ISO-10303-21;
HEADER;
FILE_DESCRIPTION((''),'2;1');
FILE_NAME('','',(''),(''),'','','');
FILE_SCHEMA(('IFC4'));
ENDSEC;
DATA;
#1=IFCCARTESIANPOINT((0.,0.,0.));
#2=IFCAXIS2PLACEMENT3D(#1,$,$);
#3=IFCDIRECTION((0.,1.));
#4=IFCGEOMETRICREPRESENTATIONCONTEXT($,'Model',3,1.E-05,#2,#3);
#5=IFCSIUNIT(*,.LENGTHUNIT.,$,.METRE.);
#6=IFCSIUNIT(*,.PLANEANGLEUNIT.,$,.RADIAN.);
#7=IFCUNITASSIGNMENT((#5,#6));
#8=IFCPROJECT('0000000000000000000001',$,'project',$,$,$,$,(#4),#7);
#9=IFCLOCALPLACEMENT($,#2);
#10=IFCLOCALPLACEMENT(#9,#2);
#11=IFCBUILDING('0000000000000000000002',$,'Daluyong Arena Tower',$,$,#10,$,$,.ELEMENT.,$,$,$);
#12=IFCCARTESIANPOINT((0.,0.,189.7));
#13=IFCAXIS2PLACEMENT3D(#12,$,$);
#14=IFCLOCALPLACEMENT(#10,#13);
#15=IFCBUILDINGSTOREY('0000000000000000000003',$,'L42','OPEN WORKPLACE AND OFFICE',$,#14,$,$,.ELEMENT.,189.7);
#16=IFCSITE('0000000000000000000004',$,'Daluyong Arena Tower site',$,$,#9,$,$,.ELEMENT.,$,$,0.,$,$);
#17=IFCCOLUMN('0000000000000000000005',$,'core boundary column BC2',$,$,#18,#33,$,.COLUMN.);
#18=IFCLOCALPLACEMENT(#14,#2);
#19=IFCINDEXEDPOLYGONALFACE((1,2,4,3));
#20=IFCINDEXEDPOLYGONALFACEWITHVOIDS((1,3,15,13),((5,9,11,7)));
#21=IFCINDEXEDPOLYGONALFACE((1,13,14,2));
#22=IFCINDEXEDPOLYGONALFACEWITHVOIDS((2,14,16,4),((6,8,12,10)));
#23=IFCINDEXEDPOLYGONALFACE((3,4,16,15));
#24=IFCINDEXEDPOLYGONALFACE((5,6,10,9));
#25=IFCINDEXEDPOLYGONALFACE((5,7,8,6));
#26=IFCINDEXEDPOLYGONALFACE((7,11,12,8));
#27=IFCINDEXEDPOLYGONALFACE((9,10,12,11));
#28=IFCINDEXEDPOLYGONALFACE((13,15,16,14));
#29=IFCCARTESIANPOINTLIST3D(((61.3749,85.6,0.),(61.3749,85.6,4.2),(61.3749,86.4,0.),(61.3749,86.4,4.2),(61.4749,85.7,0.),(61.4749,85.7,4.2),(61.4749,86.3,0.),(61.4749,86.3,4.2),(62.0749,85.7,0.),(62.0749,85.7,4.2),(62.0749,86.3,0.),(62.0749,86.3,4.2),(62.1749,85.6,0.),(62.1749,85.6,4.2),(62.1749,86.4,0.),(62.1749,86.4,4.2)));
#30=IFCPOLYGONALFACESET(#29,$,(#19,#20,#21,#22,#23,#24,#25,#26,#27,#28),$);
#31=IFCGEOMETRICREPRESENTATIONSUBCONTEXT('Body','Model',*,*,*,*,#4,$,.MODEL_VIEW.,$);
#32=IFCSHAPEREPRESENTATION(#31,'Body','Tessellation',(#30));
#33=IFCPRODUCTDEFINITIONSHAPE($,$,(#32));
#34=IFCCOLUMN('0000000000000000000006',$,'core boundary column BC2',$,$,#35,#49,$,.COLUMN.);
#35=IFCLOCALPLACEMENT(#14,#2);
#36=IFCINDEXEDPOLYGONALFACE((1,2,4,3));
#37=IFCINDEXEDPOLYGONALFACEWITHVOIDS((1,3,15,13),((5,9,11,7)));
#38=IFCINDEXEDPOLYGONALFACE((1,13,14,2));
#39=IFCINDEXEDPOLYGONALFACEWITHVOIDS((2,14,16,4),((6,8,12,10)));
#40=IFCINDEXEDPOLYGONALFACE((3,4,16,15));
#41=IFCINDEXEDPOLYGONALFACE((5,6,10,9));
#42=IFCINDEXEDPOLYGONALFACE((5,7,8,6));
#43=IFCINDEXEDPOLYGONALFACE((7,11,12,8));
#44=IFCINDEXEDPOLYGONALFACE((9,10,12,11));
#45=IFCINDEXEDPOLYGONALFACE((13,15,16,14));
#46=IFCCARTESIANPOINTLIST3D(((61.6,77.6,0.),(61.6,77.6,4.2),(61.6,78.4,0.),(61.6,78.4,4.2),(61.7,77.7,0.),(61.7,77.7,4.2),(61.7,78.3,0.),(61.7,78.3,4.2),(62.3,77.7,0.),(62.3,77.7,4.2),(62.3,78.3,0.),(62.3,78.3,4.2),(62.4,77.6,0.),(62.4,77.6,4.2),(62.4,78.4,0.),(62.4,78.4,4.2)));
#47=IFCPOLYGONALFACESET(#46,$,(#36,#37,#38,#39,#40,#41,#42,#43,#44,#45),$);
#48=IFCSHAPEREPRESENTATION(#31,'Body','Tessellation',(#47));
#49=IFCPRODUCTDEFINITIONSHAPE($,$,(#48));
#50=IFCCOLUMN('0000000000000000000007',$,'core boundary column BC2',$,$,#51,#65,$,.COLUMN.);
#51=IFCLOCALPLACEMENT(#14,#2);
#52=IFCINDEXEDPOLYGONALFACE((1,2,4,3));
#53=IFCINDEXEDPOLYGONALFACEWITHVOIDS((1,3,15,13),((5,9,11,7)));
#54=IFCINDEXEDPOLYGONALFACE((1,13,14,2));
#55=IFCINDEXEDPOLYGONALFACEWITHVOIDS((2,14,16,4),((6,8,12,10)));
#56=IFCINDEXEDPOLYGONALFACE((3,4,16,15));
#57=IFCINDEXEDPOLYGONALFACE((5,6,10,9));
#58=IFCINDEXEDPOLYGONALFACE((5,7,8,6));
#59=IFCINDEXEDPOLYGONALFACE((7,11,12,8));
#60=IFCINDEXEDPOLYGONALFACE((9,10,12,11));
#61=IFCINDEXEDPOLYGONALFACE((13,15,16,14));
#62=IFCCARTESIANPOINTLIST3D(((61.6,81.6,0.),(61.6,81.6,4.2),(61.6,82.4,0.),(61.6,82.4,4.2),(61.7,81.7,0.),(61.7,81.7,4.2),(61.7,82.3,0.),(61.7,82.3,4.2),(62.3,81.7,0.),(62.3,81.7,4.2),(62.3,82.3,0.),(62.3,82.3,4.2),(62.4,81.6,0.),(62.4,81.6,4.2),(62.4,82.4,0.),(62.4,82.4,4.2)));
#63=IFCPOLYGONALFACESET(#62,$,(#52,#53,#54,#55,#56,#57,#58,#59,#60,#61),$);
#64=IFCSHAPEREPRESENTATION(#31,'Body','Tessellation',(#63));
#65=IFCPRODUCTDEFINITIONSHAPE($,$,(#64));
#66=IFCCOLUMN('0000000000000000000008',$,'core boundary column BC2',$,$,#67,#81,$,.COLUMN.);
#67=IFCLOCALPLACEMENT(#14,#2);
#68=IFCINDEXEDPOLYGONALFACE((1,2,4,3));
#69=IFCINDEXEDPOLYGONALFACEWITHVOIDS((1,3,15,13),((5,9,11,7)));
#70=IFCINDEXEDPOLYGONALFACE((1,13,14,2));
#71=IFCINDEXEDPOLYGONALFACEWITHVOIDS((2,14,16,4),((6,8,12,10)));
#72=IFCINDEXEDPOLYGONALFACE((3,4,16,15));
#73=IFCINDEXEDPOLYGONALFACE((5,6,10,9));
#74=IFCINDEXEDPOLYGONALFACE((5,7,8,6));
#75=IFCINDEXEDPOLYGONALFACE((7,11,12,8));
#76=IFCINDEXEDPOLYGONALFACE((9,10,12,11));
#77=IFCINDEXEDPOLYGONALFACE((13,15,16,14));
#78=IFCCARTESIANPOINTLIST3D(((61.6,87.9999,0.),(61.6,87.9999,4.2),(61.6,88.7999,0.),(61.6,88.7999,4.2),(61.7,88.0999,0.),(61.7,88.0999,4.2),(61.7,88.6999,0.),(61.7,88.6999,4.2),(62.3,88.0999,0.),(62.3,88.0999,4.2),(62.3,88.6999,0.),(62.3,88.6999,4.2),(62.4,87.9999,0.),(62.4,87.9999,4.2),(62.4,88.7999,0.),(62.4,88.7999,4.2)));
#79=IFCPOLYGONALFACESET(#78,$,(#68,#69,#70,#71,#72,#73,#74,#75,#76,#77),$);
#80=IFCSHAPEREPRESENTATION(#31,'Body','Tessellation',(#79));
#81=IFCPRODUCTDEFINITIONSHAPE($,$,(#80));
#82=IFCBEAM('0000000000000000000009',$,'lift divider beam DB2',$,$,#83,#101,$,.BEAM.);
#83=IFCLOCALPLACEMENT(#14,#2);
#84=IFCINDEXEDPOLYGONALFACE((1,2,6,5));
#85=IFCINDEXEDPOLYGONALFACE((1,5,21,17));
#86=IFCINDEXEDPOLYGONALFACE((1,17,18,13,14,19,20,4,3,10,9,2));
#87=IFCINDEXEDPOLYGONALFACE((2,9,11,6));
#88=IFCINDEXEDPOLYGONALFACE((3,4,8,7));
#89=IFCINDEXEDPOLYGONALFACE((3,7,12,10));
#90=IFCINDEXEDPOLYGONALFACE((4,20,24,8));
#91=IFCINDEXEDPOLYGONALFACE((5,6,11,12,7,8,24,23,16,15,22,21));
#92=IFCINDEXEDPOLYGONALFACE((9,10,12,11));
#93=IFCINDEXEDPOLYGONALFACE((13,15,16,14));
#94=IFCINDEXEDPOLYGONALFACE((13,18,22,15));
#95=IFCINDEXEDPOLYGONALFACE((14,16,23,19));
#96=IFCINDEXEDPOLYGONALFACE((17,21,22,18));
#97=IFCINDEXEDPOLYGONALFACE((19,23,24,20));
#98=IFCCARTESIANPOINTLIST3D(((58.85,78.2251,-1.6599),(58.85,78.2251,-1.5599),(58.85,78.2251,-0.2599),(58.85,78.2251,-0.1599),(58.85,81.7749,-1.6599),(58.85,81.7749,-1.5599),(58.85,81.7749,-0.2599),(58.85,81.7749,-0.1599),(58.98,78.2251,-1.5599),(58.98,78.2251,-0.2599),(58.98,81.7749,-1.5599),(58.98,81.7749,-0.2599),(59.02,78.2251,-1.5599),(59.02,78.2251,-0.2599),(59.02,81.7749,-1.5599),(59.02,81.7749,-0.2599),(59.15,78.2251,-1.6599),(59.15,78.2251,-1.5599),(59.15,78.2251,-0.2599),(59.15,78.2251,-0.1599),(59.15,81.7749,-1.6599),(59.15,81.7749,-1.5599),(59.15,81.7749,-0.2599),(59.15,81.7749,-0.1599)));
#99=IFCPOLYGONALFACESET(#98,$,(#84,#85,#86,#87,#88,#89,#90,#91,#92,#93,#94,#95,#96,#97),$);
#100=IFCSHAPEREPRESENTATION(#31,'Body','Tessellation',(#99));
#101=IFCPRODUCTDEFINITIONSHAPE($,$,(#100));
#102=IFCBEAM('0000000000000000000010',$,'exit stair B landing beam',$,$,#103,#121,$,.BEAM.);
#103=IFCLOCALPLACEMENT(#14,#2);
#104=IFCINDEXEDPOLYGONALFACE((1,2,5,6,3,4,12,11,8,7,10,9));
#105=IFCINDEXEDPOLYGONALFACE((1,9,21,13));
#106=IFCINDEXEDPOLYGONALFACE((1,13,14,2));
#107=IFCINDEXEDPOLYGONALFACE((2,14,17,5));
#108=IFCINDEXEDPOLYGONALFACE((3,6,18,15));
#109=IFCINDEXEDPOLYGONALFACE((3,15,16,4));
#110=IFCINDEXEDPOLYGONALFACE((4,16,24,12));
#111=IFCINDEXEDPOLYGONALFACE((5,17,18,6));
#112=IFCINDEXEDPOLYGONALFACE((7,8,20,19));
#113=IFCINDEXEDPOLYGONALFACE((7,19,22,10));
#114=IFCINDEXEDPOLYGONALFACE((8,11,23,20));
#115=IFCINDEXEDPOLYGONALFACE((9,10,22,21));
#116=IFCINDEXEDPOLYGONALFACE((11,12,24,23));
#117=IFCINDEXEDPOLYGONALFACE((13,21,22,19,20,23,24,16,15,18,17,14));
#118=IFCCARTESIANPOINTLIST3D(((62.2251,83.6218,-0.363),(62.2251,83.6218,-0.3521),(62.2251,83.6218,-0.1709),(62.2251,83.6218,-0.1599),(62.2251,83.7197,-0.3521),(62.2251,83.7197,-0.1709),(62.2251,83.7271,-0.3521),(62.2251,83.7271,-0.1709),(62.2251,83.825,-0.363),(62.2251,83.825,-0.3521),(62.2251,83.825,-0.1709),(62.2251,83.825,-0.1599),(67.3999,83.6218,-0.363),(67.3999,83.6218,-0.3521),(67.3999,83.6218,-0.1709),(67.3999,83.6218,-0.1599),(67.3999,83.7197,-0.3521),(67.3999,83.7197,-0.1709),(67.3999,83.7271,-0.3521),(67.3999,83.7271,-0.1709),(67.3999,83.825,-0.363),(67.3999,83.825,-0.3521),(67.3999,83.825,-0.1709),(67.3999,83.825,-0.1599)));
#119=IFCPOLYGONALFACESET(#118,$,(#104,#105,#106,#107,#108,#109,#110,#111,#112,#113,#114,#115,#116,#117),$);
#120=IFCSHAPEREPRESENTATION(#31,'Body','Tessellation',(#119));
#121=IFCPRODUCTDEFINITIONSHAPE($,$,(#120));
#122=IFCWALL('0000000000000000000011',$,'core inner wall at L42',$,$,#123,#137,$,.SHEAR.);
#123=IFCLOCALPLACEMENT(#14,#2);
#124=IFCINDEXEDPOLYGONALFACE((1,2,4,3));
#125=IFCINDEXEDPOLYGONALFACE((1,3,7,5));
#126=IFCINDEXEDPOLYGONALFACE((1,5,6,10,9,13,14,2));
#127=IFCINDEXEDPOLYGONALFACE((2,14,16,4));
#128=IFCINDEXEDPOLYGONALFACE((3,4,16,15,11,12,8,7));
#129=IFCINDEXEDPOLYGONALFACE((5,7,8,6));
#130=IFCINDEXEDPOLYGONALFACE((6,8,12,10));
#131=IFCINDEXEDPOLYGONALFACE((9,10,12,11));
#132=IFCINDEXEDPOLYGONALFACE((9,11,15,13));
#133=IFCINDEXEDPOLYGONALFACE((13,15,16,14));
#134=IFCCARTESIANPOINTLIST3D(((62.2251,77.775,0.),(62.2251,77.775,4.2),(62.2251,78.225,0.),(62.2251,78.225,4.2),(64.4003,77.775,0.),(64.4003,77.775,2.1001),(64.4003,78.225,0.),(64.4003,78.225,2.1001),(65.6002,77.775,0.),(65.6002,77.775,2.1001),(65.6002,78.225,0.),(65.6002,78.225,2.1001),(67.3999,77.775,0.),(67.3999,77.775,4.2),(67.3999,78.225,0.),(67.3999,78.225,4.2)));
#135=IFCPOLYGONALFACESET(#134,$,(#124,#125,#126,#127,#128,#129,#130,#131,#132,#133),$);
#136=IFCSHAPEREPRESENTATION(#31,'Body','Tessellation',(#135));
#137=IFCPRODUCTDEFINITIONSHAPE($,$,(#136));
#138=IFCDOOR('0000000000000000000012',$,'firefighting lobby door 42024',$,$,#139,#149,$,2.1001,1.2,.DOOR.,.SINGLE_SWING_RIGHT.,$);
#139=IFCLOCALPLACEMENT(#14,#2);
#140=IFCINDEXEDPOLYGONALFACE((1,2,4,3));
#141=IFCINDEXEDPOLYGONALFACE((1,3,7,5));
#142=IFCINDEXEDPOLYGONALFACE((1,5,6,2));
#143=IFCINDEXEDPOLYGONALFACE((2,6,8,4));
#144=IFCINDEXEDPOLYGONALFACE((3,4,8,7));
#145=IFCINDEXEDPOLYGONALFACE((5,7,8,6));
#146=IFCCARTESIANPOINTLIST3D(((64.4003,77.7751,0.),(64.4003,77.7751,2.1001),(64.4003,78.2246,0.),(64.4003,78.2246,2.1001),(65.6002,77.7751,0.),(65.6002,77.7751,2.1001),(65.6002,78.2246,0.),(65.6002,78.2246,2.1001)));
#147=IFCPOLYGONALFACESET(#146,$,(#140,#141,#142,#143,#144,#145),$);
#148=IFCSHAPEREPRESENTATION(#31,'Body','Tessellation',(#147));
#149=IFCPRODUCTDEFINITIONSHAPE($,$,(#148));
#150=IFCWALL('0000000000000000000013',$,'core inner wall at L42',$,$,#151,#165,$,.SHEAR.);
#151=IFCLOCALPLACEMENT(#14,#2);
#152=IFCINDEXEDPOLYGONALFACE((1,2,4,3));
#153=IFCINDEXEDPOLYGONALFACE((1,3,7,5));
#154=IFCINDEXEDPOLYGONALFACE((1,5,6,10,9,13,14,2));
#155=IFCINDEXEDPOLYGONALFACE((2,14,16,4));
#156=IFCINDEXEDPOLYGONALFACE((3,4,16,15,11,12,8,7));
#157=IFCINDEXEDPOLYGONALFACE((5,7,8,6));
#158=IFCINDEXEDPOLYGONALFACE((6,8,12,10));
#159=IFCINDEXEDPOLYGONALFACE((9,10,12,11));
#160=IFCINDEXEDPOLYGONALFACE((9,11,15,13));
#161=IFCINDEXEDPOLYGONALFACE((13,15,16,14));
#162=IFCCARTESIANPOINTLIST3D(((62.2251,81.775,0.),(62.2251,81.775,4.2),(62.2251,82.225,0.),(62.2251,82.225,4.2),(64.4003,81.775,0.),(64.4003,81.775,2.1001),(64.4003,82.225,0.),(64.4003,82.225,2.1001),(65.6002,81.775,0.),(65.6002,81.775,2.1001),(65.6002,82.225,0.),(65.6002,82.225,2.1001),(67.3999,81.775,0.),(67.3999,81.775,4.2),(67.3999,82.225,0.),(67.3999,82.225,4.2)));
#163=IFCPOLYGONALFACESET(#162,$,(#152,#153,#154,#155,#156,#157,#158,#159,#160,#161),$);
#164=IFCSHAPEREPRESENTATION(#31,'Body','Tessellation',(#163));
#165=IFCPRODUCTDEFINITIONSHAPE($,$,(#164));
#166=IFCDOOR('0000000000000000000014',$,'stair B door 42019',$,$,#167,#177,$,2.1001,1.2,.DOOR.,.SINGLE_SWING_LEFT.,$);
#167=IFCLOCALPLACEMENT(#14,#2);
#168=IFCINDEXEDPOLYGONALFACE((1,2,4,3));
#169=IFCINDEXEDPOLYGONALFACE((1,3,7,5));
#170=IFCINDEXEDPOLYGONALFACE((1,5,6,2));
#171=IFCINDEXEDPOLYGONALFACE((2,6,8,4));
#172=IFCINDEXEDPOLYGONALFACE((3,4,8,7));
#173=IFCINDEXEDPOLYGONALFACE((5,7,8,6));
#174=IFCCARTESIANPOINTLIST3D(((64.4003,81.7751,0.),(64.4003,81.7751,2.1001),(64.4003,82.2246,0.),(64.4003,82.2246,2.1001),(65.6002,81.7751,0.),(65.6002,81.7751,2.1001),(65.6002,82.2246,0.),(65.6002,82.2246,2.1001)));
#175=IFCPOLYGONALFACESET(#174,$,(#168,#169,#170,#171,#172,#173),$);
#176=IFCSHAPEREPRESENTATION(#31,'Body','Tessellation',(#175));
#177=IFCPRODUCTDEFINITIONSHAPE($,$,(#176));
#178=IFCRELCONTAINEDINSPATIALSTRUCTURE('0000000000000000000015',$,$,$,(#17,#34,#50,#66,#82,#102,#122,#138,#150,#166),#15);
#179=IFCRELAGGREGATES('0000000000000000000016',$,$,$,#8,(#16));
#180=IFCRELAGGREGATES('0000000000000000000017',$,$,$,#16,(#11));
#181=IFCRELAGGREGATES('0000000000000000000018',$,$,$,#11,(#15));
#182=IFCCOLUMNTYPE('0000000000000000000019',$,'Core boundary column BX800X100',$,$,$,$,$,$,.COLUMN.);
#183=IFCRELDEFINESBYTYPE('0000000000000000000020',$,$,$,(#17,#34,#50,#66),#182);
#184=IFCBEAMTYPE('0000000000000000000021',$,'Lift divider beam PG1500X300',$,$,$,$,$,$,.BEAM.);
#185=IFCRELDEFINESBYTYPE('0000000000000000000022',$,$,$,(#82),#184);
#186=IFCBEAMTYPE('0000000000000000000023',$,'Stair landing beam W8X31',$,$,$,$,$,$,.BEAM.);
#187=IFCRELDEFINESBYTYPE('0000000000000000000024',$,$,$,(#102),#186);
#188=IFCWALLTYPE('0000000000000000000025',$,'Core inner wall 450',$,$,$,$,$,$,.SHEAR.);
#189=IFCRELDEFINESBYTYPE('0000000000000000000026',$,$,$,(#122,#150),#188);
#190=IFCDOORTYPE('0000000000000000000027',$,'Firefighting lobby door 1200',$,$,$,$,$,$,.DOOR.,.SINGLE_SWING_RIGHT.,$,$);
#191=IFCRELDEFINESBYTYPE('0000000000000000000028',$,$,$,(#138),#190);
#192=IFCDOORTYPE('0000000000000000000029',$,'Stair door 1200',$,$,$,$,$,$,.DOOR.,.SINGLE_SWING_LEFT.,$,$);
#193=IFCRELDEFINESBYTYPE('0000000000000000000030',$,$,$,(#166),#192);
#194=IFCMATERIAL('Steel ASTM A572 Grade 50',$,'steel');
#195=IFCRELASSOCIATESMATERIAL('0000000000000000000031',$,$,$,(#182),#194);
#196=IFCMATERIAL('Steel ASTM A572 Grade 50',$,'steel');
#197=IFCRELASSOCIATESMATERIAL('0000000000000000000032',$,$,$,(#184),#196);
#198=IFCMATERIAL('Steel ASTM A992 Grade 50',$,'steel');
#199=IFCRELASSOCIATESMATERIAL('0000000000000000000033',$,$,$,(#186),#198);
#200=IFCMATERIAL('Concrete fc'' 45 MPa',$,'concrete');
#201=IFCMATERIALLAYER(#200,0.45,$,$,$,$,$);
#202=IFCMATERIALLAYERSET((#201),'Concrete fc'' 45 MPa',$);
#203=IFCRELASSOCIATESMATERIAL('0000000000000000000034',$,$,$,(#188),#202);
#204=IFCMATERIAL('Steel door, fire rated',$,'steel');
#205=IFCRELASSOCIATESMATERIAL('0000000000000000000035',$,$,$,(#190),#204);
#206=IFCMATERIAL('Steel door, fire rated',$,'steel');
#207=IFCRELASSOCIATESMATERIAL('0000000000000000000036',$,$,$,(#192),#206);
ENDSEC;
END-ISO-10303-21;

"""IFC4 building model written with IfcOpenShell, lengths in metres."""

from ifc_helpers import new_model, si_unit, direction, frame, frame_2d, origin, origin_2d, place, context, subcontext, project, spatial, rectangle, hollow_rectangle, i_section, extrude, material, layer, layer_set, material_profile, profile_set, type_object, element, fill, save


model = new_model("IFC4")

# Units and contexts
model_context = context("Model", 3, precision=1e-05, world=origin(), true_north=direction((0.0, 1.0)))
body_context = subcontext(model_context, "Body", "Model", "MODEL_VIEW")
ifc_project = project(units=[si_unit("LENGTHUNIT", "METRE"), si_unit("PLANEANGLEUNIT", "RADIAN")], contexts=[model_context])

# Site, building, storey
site_placement = place(None, origin())
site = spatial("IfcSite", under=ifc_project, at=site_placement, Name="Daluyong Arena Tower site", CompositionType="ELEMENT", RefElevation=0.0)
building_placement = place(site_placement, origin())
building = spatial("IfcBuilding", under=site, at=building_placement, Name="Daluyong Arena Tower", CompositionType="ELEMENT")
storey_placement = place(building_placement, frame((0.0, 0.0, 189.7)))
storey = spatial("IfcBuildingStorey", under=building, at=storey_placement, Name="L42", Description="OPEN WORKPLACE AND OFFICE", CompositionType="ELEMENT", Elevation=189.7)

# Columns
ifc_material_1 = material(Name="Steel ASTM A572 Grade 50", Category="steel")
ifc_material_profile_1 = material_profile(ifc_material_1, hollow_rectangle(XDim=0.8, YDim=0.8, WallThickness=0.1, at=origin_2d()))
ifc_profile_set_1 = profile_set([ifc_material_profile_1], Name="Steel ASTM A572 Grade 50")
column_type = type_object("IfcColumnType", Name="Core boundary column BX800X100", PredefinedType="COLUMN", material=ifc_profile_set_1)
for number, where, z_axis, x_axis, name in (
    (1, (61.7749, 86.0, 0.0), (0.0, 0.0, 1.0), (1.0, 0.0, 0.0), "core boundary column BC2"),
    (2, (62.0, 78.0, 0.0), (0.0, 0.0, 1.0), (1.0, 0.0, 0.0), "core boundary column BC2"),
    (3, (62.0, 82.0, 0.0), (0.0, 0.0, 1.0), (1.0, 0.0, 0.0), "core boundary column BC2"),
    (4, (62.0, 88.3999, 0.0), (0.0, 0.0, 1.0), (1.0, 0.0, 0.0), "core boundary column BC2"),
):
    element("IfcColumn", number, at=place(storey_placement, frame(where, z_axis=z_axis, x_axis=x_axis)), inside=storey, type_object=column_type, Name=name, PredefinedType="COLUMN", context=body_context, shape_type="SweptSolid", body=[
        extrude(hollow_rectangle(XDim=0.8, YDim=0.8, WallThickness=0.1, at=origin_2d()), origin(), (0.0, 0.0, 1.0), 4.2),
    ])

# Beams
ifc_material_2 = material(Name="Steel ASTM A572 Grade 50", Category="steel")
ifc_material_profile_2 = material_profile(ifc_material_2, i_section(OverallWidth=0.3, OverallDepth=1.5, WebThickness=0.04, FlangeThickness=0.1, at=origin_2d()))
ifc_profile_set_2 = profile_set([ifc_material_profile_2], Name="Steel ASTM A572 Grade 50")
beam_type_1 = type_object("IfcBeamType", Name="Lift divider beam PG1500X300", PredefinedType="BEAM", material=ifc_profile_set_2)
beam_1_placement = place(storey_placement, frame((59.0, 78.2251, -0.9099), z_axis=(0.0, 1.0, 0.0), x_axis=(-1.0, 0.0, 0.0)))
element("IfcBeam", 5, at=beam_1_placement, inside=storey, type_object=beam_type_1, Name="lift divider beam DB2", PredefinedType="BEAM", context=body_context, shape_type="SweptSolid", body=[
    extrude(i_section(OverallWidth=0.3, OverallDepth=1.5, WebThickness=0.04, FlangeThickness=0.1, at=origin_2d()), origin(), (0.0, 0.0, 1.0), 3.5498),
])
ifc_material_3 = material(Name="Steel ASTM A992 Grade 50", Category="steel")
ifc_material_profile_3 = material_profile(ifc_material_3, i_section(OverallWidth=0.2031, OverallDepth=0.2031, WebThickness=0.0073, FlangeThickness=0.011, at=origin_2d()))
ifc_profile_set_3 = profile_set([ifc_material_profile_3], Name="Steel ASTM A992 Grade 50")
beam_type_2 = type_object("IfcBeamType", Name="Stair landing beam W8X31", PredefinedType="BEAM", material=ifc_profile_set_3)
beam_2_placement = place(storey_placement, frame((62.2251, 83.7234, -0.2615), z_axis=(1.0, 0.0, 0.0), x_axis=(0.0, 1.0, 0.0)))
element("IfcBeam", 6, at=beam_2_placement, inside=storey, type_object=beam_type_2, Name="exit stair B landing beam", PredefinedType="BEAM", context=body_context, shape_type="SweptSolid", body=[
    extrude(i_section(OverallWidth=0.2031, OverallDepth=0.2031, WebThickness=0.0073, FlangeThickness=0.011, at=origin_2d()), origin(), (0.0, 0.0, 1.0), 5.1748),
])

# Walls, openings, doors
ifc_material_4 = material(Name="Concrete fc' 45 MPa", Category="concrete")
ifc_layer_1 = layer(ifc_material_4, 0.45)
ifc_layer_set_1 = layer_set([ifc_layer_1], Name="Concrete fc' 45 MPa")
wall_type_1 = type_object("IfcWallType", Name="Core inner wall 450", PredefinedType="SHEAR", material=ifc_layer_set_1)
wall_1_placement = place(storey_placement, frame((62.2251, 78.0, 0.0), z_axis=(0.0, 0.0, 1.0), x_axis=(1.0, 0.0, 0.0)))
wall_1 = element("IfcWall", 7, at=wall_1_placement, inside=storey, type_object=wall_type_1, Name="core inner wall at L42", PredefinedType="SHEAR", context=body_context, shape_type="SweptSolid", body=[
    extrude(rectangle(XDim=5.1748, YDim=0.45, at=frame_2d((2.5874, 0.0))), origin(), (0.0, 0.0, 1.0), 4.2),
])
opening_1_placement = place(wall_1_placement, frame((2.175, 0.0, 0.0)))
opening_1 = element("IfcOpeningElement", 8, at=opening_1_placement, cuts=wall_1, PredefinedType="OPENING", context=body_context, shape_type="SweptSolid", body=[
    extrude(rectangle(XDim=1.2, YDim=2.1001, at=frame_2d((0.6001, 1.05))), frame((0.0, 0.2349, 0.0), z_axis=(0.0, -1.0, 0.0), x_axis=(1.0, 0.0, 0.0)), (0.0, 0.0, 1.0), 0.47),
])
ifc_material_5 = material(Name="Steel door, fire rated", Category="steel")
door_type_1 = type_object("IfcDoorType", Name="Firefighting lobby door 1200", OperationType="SINGLE_SWING_RIGHT", PredefinedType="DOOR", material=ifc_material_5)
door_1_placement = place(opening_1_placement, origin())
door_1 = element("IfcDoor", 9, at=door_1_placement, inside=storey, type_object=door_type_1, Name="firefighting lobby door 42024", OperationType="SINGLE_SWING_RIGHT", OverallHeight=2.1001, OverallWidth=1.2, PredefinedType="DOOR", context=body_context, shape_type="SweptSolid", body=[
    extrude(rectangle(XDim=1.2, YDim=2.1001, at=frame_2d((0.6001, 1.05))), frame((0.0, 0.2246, 0.0), z_axis=(0.0, -1.0, 0.0), x_axis=(1.0, 0.0, 0.0)), (0.0, 0.0, 1.0), 0.4495),
])
fill(opening_1, door_1)
wall_2_placement = place(storey_placement, frame((62.2251, 82.0, 0.0), z_axis=(0.0, 0.0, 1.0), x_axis=(1.0, 0.0, 0.0)))
wall_2 = element("IfcWall", 10, at=wall_2_placement, inside=storey, type_object=wall_type_1, Name="core inner wall at L42", PredefinedType="SHEAR", context=body_context, shape_type="SweptSolid", body=[
    extrude(rectangle(XDim=5.1748, YDim=0.45, at=frame_2d((2.5874, 0.0))), origin(), (0.0, 0.0, 1.0), 4.2),
])
opening_2_placement = place(wall_2_placement, frame((2.175, 0.0, 0.0)))
opening_2 = element("IfcOpeningElement", 11, at=opening_2_placement, cuts=wall_2, PredefinedType="OPENING", context=body_context, shape_type="SweptSolid", body=[
    extrude(rectangle(XDim=1.2, YDim=2.1001, at=frame_2d((0.6001, 1.05))), frame((0.0, 0.2349, 0.0), z_axis=(0.0, -1.0, 0.0), x_axis=(1.0, 0.0, 0.0)), (0.0, 0.0, 1.0), 0.47),
])
ifc_material_6 = material(Name="Steel door, fire rated", Category="steel")
door_type_2 = type_object("IfcDoorType", Name="Stair door 1200", OperationType="SINGLE_SWING_LEFT", PredefinedType="DOOR", material=ifc_material_6)
door_2_placement = place(opening_2_placement, origin())
door_2 = element("IfcDoor", 12, at=door_2_placement, inside=storey, type_object=door_type_2, Name="stair B door 42019", OperationType="SINGLE_SWING_LEFT", OverallHeight=2.1001, OverallWidth=1.2, PredefinedType="DOOR", context=body_context, shape_type="SweptSolid", body=[
    extrude(rectangle(XDim=1.2, YDim=2.1001, at=frame_2d((0.6001, 1.05))), frame((0.0, 0.2246, 0.0), z_axis=(0.0, -1.0, 0.0), x_axis=(1.0, 0.0, 0.0)), (0.0, 0.0, 1.0), 0.4495),
])
fill(opening_2, door_2)

save(model, "model.ifc")
